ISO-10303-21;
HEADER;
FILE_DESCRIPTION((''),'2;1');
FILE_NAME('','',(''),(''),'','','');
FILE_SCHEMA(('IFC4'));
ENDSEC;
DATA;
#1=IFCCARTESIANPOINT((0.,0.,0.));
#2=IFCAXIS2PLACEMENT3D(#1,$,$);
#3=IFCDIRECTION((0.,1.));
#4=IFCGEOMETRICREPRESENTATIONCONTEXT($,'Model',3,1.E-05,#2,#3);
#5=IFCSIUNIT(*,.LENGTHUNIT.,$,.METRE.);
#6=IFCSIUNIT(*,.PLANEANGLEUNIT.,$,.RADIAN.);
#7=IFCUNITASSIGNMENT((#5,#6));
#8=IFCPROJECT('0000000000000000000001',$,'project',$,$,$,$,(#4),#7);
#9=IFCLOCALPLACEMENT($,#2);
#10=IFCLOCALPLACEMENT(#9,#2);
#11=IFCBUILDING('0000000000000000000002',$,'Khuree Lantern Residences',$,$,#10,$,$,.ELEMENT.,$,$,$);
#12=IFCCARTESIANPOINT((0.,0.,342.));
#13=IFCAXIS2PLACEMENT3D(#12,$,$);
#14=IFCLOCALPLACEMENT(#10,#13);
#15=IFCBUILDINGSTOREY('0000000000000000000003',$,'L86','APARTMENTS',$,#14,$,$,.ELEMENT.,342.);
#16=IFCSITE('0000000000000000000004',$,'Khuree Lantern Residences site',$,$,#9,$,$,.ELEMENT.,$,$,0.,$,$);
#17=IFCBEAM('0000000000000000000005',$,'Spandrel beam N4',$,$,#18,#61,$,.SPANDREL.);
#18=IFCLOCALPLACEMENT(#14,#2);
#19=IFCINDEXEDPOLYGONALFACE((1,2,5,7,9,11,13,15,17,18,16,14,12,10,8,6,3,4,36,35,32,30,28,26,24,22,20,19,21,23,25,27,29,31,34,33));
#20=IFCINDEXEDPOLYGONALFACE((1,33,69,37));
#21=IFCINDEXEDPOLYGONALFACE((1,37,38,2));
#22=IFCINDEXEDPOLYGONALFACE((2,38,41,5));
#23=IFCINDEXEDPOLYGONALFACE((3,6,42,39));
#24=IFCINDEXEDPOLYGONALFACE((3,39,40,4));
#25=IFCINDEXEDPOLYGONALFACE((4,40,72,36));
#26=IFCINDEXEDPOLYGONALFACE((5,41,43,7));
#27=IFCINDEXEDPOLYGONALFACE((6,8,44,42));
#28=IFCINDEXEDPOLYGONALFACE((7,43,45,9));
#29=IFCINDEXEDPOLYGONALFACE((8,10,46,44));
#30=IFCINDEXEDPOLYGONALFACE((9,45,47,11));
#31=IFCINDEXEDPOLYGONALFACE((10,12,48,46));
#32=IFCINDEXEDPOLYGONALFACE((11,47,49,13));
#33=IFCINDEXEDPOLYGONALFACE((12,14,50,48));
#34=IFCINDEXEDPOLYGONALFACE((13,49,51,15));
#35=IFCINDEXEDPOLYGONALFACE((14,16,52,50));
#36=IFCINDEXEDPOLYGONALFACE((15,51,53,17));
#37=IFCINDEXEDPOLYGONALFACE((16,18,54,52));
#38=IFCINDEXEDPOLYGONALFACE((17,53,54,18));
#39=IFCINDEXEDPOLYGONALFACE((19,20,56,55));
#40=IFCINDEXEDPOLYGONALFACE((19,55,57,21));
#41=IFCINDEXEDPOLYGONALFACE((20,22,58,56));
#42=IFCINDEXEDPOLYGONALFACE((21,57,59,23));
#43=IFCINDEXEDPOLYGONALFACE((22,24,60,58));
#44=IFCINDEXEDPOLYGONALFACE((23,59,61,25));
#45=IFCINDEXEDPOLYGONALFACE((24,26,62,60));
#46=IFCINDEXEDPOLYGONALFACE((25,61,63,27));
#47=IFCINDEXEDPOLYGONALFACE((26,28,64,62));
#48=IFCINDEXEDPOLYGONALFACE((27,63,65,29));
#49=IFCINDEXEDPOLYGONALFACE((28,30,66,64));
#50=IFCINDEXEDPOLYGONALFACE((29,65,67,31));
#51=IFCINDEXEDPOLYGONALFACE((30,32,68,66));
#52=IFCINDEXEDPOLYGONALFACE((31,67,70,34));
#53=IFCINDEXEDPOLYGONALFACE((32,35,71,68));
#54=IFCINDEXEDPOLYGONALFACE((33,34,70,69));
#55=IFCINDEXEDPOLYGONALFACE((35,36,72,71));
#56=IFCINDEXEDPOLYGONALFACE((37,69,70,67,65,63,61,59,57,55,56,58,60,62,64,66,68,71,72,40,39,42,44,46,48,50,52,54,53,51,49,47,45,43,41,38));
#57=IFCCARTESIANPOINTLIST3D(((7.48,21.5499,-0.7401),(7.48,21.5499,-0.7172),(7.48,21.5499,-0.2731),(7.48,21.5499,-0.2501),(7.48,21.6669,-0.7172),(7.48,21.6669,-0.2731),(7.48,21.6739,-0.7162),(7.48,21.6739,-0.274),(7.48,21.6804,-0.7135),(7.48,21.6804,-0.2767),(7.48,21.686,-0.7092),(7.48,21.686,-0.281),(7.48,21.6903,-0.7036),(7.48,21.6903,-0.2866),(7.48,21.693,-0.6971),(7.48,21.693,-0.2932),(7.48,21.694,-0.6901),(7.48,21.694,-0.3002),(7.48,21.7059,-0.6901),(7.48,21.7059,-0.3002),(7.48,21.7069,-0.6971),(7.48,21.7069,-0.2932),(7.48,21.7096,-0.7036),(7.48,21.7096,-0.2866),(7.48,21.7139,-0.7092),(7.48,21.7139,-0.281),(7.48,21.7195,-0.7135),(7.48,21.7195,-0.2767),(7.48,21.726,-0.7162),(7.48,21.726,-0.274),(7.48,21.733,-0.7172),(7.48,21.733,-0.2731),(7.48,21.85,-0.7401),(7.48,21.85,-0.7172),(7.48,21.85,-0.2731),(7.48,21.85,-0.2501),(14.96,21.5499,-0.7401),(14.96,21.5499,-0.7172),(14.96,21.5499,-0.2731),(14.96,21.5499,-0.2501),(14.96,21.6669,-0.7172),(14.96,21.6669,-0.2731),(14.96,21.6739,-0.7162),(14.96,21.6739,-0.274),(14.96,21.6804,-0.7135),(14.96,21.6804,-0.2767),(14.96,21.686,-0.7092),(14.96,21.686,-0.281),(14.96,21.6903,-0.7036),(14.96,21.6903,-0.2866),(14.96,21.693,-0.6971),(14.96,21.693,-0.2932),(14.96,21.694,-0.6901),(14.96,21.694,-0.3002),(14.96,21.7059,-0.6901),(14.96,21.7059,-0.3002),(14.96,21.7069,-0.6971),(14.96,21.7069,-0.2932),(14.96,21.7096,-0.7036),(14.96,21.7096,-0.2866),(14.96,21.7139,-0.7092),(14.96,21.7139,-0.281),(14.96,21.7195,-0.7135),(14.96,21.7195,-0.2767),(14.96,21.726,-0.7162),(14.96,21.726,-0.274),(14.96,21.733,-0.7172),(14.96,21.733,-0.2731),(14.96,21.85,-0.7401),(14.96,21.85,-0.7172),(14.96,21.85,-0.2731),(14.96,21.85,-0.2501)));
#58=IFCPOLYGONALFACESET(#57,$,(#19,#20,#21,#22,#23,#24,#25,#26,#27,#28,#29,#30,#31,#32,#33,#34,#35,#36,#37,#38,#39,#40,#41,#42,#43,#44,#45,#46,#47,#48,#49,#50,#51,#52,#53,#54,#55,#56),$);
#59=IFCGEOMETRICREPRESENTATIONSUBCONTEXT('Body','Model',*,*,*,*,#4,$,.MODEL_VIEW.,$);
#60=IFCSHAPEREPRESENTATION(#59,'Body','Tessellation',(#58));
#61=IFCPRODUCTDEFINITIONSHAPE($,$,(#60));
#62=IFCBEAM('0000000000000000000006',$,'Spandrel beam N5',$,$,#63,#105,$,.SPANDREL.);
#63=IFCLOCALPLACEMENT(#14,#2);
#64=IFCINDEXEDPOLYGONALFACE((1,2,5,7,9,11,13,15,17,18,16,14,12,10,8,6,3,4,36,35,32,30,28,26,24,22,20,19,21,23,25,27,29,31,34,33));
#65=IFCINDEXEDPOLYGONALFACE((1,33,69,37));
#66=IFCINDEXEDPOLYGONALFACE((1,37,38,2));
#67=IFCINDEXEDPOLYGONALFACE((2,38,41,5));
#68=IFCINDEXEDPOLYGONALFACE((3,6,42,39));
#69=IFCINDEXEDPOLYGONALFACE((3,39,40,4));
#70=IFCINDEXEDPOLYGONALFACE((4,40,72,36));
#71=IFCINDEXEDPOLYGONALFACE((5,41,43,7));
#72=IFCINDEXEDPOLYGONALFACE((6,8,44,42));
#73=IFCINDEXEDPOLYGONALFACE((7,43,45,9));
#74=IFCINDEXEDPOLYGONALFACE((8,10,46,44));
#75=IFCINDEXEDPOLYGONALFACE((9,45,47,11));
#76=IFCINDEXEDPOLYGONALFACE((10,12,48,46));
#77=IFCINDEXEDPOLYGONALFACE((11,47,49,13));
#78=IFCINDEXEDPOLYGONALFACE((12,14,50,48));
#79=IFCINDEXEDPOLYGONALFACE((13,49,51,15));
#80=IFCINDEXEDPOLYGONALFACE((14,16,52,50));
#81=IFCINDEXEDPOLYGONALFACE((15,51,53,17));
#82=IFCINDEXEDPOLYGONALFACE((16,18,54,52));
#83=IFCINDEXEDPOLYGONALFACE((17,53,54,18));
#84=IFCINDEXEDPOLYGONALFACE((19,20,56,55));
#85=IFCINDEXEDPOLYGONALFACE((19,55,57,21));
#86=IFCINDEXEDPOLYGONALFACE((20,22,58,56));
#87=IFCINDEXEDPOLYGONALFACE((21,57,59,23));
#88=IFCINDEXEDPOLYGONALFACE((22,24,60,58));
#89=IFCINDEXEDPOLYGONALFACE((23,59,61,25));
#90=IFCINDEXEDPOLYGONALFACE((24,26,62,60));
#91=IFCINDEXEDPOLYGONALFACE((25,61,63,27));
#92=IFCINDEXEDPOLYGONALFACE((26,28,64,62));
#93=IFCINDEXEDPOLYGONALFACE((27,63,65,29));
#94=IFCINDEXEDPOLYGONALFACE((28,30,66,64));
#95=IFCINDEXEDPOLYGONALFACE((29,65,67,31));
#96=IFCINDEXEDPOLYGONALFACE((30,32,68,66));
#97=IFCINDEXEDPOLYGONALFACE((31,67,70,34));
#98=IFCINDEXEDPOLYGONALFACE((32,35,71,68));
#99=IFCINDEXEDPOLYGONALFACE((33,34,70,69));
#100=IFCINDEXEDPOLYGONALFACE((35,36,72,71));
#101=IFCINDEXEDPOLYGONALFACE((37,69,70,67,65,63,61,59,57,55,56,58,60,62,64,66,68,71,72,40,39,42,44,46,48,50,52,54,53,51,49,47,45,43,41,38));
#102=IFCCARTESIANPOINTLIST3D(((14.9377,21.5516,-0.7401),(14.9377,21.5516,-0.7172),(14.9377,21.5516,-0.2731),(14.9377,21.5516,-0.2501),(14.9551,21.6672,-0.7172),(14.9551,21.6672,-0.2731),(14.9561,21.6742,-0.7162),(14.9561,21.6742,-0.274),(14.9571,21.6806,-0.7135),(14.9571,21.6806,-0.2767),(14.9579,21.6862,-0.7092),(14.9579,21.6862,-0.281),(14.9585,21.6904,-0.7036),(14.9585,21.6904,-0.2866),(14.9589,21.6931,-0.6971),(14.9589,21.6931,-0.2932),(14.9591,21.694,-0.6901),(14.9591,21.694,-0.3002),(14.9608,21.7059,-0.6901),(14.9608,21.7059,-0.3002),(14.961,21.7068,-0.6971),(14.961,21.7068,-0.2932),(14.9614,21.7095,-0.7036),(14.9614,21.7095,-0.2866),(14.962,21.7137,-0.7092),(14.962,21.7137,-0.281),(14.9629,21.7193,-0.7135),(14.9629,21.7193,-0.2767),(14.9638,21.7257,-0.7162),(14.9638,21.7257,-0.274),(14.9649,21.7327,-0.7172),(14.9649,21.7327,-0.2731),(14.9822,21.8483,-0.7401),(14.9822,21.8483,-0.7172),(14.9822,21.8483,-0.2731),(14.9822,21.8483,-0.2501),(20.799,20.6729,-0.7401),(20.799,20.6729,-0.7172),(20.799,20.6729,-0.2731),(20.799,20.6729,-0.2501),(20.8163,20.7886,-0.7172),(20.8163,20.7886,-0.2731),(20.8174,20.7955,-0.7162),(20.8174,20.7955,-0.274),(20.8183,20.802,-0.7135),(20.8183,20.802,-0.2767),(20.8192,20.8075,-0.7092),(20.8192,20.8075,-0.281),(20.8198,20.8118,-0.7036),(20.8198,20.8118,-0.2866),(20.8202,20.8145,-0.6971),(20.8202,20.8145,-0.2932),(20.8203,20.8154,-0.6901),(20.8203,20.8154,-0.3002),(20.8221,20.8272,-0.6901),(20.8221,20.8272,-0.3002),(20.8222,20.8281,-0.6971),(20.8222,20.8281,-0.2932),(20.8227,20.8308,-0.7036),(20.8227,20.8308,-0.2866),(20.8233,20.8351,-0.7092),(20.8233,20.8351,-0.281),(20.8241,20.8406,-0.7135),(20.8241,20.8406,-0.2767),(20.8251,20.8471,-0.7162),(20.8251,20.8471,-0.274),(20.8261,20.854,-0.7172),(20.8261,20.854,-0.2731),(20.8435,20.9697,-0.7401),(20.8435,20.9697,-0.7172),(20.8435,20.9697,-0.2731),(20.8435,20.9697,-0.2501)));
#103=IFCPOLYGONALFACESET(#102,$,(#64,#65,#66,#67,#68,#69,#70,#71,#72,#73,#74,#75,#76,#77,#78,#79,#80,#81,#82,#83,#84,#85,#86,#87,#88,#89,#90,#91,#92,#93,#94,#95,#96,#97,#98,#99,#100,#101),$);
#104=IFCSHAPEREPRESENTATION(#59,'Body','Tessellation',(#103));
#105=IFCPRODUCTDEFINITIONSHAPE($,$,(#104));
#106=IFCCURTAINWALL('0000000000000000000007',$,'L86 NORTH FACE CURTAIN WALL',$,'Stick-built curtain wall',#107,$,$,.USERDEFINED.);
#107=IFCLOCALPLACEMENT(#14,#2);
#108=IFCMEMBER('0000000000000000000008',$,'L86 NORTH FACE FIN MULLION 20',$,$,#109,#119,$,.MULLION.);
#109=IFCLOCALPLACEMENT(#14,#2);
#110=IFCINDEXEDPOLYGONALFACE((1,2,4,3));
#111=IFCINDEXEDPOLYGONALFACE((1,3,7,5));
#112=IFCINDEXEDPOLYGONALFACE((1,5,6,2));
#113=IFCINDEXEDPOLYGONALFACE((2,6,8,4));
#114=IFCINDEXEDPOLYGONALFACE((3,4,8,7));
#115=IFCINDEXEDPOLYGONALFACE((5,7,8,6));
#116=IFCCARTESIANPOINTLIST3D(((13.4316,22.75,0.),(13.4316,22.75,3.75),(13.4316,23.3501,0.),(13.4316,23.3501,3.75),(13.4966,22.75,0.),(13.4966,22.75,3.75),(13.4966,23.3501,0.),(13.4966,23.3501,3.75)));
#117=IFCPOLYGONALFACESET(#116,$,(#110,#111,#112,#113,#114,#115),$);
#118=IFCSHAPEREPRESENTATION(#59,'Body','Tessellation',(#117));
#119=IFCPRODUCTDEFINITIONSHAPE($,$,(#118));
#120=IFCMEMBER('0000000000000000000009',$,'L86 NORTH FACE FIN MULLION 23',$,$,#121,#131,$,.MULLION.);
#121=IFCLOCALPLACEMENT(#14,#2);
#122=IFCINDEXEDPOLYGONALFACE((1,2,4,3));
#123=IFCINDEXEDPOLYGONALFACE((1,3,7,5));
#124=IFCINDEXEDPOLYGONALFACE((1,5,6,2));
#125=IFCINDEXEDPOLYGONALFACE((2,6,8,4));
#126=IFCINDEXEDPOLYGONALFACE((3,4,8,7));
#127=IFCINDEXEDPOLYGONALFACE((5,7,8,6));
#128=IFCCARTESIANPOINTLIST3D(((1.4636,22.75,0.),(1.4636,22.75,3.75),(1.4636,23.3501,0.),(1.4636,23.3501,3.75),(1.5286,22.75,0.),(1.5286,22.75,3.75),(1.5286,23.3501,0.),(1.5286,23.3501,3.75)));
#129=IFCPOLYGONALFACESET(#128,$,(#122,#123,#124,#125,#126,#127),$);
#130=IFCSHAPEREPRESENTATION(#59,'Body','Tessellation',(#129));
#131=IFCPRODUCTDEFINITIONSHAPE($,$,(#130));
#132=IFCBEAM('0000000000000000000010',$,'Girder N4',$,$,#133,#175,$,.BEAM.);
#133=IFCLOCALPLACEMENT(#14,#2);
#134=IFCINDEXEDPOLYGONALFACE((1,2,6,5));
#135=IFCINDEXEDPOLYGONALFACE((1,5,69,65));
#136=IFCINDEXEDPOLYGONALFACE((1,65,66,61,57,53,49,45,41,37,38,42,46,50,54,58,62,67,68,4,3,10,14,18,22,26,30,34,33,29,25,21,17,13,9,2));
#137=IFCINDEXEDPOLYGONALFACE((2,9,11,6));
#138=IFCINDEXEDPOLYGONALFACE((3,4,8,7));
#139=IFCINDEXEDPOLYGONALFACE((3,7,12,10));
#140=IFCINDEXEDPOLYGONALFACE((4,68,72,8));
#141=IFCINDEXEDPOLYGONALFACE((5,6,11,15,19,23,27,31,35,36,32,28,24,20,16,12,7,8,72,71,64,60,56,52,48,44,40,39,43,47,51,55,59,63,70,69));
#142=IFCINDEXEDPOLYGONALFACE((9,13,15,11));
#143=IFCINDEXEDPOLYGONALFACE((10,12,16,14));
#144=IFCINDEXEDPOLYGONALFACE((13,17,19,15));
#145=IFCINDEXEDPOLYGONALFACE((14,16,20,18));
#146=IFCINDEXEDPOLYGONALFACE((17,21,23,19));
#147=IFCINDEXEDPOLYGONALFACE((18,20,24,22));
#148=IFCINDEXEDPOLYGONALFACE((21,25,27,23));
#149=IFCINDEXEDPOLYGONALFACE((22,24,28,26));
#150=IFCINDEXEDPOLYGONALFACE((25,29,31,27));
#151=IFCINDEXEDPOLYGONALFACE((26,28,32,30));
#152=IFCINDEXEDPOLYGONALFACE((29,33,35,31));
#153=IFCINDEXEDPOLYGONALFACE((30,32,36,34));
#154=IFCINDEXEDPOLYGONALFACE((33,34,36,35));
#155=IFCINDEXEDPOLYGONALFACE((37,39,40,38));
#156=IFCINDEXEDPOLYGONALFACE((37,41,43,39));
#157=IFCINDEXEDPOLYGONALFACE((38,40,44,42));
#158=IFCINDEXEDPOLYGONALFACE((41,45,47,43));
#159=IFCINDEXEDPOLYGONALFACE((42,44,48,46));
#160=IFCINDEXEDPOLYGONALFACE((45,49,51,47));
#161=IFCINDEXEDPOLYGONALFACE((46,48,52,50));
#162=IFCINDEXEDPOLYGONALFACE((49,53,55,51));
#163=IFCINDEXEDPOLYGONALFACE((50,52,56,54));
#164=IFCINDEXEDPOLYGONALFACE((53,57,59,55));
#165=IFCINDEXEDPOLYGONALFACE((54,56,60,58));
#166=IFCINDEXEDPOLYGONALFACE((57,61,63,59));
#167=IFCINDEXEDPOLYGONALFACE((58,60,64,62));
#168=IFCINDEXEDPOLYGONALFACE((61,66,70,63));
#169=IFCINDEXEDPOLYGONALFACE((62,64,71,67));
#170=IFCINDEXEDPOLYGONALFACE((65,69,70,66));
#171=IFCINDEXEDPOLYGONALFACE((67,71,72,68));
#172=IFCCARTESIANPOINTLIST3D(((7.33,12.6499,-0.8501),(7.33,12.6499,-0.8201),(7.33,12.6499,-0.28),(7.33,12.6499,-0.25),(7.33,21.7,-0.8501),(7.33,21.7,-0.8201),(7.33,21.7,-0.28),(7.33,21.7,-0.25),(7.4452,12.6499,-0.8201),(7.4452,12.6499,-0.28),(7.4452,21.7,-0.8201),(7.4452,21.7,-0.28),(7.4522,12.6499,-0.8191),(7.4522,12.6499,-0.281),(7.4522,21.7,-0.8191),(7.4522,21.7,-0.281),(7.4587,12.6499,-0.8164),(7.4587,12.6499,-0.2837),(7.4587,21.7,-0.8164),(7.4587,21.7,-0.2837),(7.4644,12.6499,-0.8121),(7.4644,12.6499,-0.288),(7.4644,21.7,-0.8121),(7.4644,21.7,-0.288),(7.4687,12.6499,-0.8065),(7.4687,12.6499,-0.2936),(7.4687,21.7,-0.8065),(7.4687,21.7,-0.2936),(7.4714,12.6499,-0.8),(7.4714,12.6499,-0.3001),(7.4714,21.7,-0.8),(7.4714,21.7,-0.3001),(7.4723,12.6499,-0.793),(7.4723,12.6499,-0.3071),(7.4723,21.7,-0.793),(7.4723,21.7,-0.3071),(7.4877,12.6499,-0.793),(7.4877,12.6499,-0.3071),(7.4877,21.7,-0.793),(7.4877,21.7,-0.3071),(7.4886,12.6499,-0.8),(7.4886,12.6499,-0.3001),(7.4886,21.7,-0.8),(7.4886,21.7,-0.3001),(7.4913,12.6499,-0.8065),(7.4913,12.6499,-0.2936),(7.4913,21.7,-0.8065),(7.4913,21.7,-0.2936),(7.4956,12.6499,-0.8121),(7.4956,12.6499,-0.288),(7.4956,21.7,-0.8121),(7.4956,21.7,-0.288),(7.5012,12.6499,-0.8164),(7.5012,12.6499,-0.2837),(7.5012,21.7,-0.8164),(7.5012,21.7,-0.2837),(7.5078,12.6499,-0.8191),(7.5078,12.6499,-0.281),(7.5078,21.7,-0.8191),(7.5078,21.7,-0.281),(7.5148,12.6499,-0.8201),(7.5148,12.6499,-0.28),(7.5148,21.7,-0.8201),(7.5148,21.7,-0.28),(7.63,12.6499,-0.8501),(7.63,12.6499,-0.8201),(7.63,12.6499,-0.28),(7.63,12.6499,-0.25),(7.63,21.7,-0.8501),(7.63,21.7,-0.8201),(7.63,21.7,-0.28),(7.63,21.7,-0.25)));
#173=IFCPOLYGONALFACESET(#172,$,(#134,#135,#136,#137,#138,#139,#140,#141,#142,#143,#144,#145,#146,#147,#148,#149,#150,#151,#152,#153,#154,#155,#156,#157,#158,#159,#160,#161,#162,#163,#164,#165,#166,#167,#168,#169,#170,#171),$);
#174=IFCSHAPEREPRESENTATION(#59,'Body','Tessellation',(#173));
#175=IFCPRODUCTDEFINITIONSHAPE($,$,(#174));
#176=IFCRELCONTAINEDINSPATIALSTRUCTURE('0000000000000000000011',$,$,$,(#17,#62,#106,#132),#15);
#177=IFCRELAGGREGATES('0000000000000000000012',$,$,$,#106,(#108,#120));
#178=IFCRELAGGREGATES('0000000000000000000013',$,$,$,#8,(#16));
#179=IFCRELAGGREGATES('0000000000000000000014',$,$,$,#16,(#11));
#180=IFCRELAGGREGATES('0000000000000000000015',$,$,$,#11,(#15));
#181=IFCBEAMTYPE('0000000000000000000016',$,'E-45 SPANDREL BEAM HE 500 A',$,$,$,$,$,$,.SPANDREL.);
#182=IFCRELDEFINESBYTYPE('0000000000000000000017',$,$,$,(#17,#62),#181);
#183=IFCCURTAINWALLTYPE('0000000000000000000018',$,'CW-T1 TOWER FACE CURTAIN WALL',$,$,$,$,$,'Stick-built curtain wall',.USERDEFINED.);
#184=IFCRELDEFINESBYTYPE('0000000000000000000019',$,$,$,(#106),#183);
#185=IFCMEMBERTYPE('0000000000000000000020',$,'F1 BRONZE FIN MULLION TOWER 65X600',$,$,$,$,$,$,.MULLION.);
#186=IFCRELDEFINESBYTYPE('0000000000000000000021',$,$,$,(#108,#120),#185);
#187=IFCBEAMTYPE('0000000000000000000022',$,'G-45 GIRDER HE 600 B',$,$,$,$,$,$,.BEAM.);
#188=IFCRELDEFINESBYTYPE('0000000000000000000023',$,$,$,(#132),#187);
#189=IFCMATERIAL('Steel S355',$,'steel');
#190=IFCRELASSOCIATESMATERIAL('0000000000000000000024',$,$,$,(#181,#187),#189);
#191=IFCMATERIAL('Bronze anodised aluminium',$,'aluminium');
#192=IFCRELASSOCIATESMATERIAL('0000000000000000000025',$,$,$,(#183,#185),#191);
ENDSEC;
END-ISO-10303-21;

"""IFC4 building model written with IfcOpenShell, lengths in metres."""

from ifc_helpers import new_model, si_unit, direction, frame, origin, origin_2d, place, context, subcontext, project, spatial, rectangle, i_section, extrude, material, material_profile, profile_set, type_object, element, aggregate, save


model = new_model("IFC4")

# Units and contexts
model_context = context("Model", 3, precision=1e-05, world=origin(), true_north=direction((0.0, 1.0)))
body_context = subcontext(model_context, "Body", "Model", "MODEL_VIEW")
ifc_project = project(units=[si_unit("LENGTHUNIT", "METRE"), si_unit("PLANEANGLEUNIT", "RADIAN")], contexts=[model_context])

# Site, building, storey
site_placement = place(None, origin())
site = spatial("IfcSite", under=ifc_project, at=site_placement, Name="Khuree Lantern Residences site", CompositionType="ELEMENT", RefElevation=0.0)
building_placement = place(site_placement, origin())
building = spatial("IfcBuilding", under=site, at=building_placement, Name="Khuree Lantern Residences", CompositionType="ELEMENT")
storey_placement = place(building_placement, frame((0.0, 0.0, 342.0)))
storey = spatial("IfcBuildingStorey", under=building, at=storey_placement, Name="L86", Description="APARTMENTS", CompositionType="ELEMENT", Elevation=342.0)

# Beams
ifc_material_1 = material(Name="Steel S355", Category="steel")
ifc_material_profile_1 = material_profile(ifc_material_1, i_section(OverallWidth=0.3, OverallDepth=0.49, WebThickness=0.012, FlangeThickness=0.0229, FilletRadius=0.0271, at=origin_2d()), Name="HE 500 A")
ifc_profile_set_1 = profile_set([ifc_material_profile_1], Name="Steel S355")
beam_type_1 = type_object("IfcBeamType", Name="E-45 SPANDREL BEAM HE 500 A", PredefinedType="SPANDREL", material=ifc_profile_set_1)
beam_1_placement = place(storey_placement, frame((7.48, 21.7, -0.4951), z_axis=(1.0, 0.0, 0.0), x_axis=(0.0, 1.0, 0.0)))
element("IfcBeam", 1, at=beam_1_placement, inside=storey, type_object=beam_type_1, Name="Spandrel beam N4", PredefinedType="SPANDREL", context=body_context, shape_type="SweptSolid", body=[
    extrude(i_section(OverallWidth=0.3, OverallDepth=0.49, WebThickness=0.012, FlangeThickness=0.0229, FilletRadius=0.0271, at=origin_2d()), origin(), (0.0, 0.0, 1.0), 7.48),
])
beam_2_placement = place(storey_placement, frame((14.96, 21.7, -0.4951), z_axis=(0.98895, -0.148252, 0.0), x_axis=(0.148252, 0.98895, 0.0)))
element("IfcBeam", 2, at=beam_2_placement, inside=storey, type_object=beam_type_1, Name="Spandrel beam N5", PredefinedType="SPANDREL", context=body_context, shape_type="SweptSolid", body=[
    extrude(i_section(OverallWidth=0.3, OverallDepth=0.49, WebThickness=0.012, FlangeThickness=0.0229, FilletRadius=0.0271, at=origin_2d()), origin(), (0.0, 0.0, 1.0), 5.9268),
])

# Curtain wall, members
ifc_material_2 = material(Name="Bronze anodised aluminium", Category="aluminium")
curtain_wall_type = type_object("IfcCurtainWallType", Name="CW-T1 TOWER FACE CURTAIN WALL", ElementType="Stick-built curtain wall", PredefinedType="USERDEFINED", material=ifc_material_2)
curtain_wall_placement = place(storey_placement, origin())
curtain_wall = element("IfcCurtainWall", 3, at=curtain_wall_placement, inside=storey, type_object=curtain_wall_type, Name="L86 NORTH FACE CURTAIN WALL", ObjectType="Stick-built curtain wall", PredefinedType="USERDEFINED")
ifc_material_profile_2 = material_profile(ifc_material_2, rectangle(XDim=0.0649, YDim=0.6001, at=origin_2d()), Name="F1 65X600")
ifc_profile_set_2 = profile_set([ifc_material_profile_2], Name="Bronze anodised aluminium")
member_type_1 = type_object("IfcMemberType", Name="F1 BRONZE FIN MULLION TOWER 65X600", PredefinedType="MULLION", material=ifc_profile_set_2)
member_1_placement = place(storey_placement, frame((13.4641, 23.05, 0.0), z_axis=(0.0, 0.0, 1.0), x_axis=(-1.0, 0.0, 0.0)))
member_1 = element("IfcMember", 4, at=member_1_placement, type_object=member_type_1, Name="L86 NORTH FACE FIN MULLION 20", PredefinedType="MULLION", context=body_context, shape_type="SweptSolid", body=[
    extrude(rectangle(XDim=0.0649, YDim=0.6001, at=origin_2d()), origin(), (0.0, 0.0, 1.0), 3.75),
])
member_2_placement = place(storey_placement, frame((1.4961, 23.05, 0.0), z_axis=(0.0, 0.0, 1.0), x_axis=(-1.0, 0.0, 0.0)))
member_2 = element("IfcMember", 5, at=member_2_placement, type_object=member_type_1, Name="L86 NORTH FACE FIN MULLION 23", PredefinedType="MULLION", context=body_context, shape_type="SweptSolid", body=[
    extrude(rectangle(XDim=0.0649, YDim=0.6001, at=origin_2d()), origin(), (0.0, 0.0, 1.0), 3.75),
])

# Beam
ifc_material_profile_3 = material_profile(ifc_material_1, i_section(OverallWidth=0.3, OverallDepth=0.6001, WebThickness=0.0154, FlangeThickness=0.03, FilletRadius=0.0271, at=origin_2d()), Name="HE 600 B")
ifc_profile_set_3 = profile_set([ifc_material_profile_3], Name="Steel S355")
beam_type_2 = type_object("IfcBeamType", Name="G-45 GIRDER HE 600 B", PredefinedType="BEAM", material=ifc_profile_set_3)
for number, where, z_axis, x_axis, name in (
    (6, (7.48, 21.7, -0.55), (0.0, -1.0, 0.0), (1.0, 0.0, 0.0), "Girder N4"),
):
    element("IfcBeam", number, at=place(storey_placement, frame(where, z_axis=z_axis, x_axis=x_axis)), inside=storey, type_object=beam_type_2, Name=name, PredefinedType="BEAM", context=body_context, shape_type="SweptSolid", body=[
        extrude(i_section(OverallWidth=0.3, OverallDepth=0.6001, WebThickness=0.0154, FlangeThickness=0.03, FilletRadius=0.0271, at=origin_2d()), origin(), (0.0, 0.0, 1.0), 9.05),
    ])

aggregate(curtain_wall, [member_1, member_2])

save(model, "model.ifc")
